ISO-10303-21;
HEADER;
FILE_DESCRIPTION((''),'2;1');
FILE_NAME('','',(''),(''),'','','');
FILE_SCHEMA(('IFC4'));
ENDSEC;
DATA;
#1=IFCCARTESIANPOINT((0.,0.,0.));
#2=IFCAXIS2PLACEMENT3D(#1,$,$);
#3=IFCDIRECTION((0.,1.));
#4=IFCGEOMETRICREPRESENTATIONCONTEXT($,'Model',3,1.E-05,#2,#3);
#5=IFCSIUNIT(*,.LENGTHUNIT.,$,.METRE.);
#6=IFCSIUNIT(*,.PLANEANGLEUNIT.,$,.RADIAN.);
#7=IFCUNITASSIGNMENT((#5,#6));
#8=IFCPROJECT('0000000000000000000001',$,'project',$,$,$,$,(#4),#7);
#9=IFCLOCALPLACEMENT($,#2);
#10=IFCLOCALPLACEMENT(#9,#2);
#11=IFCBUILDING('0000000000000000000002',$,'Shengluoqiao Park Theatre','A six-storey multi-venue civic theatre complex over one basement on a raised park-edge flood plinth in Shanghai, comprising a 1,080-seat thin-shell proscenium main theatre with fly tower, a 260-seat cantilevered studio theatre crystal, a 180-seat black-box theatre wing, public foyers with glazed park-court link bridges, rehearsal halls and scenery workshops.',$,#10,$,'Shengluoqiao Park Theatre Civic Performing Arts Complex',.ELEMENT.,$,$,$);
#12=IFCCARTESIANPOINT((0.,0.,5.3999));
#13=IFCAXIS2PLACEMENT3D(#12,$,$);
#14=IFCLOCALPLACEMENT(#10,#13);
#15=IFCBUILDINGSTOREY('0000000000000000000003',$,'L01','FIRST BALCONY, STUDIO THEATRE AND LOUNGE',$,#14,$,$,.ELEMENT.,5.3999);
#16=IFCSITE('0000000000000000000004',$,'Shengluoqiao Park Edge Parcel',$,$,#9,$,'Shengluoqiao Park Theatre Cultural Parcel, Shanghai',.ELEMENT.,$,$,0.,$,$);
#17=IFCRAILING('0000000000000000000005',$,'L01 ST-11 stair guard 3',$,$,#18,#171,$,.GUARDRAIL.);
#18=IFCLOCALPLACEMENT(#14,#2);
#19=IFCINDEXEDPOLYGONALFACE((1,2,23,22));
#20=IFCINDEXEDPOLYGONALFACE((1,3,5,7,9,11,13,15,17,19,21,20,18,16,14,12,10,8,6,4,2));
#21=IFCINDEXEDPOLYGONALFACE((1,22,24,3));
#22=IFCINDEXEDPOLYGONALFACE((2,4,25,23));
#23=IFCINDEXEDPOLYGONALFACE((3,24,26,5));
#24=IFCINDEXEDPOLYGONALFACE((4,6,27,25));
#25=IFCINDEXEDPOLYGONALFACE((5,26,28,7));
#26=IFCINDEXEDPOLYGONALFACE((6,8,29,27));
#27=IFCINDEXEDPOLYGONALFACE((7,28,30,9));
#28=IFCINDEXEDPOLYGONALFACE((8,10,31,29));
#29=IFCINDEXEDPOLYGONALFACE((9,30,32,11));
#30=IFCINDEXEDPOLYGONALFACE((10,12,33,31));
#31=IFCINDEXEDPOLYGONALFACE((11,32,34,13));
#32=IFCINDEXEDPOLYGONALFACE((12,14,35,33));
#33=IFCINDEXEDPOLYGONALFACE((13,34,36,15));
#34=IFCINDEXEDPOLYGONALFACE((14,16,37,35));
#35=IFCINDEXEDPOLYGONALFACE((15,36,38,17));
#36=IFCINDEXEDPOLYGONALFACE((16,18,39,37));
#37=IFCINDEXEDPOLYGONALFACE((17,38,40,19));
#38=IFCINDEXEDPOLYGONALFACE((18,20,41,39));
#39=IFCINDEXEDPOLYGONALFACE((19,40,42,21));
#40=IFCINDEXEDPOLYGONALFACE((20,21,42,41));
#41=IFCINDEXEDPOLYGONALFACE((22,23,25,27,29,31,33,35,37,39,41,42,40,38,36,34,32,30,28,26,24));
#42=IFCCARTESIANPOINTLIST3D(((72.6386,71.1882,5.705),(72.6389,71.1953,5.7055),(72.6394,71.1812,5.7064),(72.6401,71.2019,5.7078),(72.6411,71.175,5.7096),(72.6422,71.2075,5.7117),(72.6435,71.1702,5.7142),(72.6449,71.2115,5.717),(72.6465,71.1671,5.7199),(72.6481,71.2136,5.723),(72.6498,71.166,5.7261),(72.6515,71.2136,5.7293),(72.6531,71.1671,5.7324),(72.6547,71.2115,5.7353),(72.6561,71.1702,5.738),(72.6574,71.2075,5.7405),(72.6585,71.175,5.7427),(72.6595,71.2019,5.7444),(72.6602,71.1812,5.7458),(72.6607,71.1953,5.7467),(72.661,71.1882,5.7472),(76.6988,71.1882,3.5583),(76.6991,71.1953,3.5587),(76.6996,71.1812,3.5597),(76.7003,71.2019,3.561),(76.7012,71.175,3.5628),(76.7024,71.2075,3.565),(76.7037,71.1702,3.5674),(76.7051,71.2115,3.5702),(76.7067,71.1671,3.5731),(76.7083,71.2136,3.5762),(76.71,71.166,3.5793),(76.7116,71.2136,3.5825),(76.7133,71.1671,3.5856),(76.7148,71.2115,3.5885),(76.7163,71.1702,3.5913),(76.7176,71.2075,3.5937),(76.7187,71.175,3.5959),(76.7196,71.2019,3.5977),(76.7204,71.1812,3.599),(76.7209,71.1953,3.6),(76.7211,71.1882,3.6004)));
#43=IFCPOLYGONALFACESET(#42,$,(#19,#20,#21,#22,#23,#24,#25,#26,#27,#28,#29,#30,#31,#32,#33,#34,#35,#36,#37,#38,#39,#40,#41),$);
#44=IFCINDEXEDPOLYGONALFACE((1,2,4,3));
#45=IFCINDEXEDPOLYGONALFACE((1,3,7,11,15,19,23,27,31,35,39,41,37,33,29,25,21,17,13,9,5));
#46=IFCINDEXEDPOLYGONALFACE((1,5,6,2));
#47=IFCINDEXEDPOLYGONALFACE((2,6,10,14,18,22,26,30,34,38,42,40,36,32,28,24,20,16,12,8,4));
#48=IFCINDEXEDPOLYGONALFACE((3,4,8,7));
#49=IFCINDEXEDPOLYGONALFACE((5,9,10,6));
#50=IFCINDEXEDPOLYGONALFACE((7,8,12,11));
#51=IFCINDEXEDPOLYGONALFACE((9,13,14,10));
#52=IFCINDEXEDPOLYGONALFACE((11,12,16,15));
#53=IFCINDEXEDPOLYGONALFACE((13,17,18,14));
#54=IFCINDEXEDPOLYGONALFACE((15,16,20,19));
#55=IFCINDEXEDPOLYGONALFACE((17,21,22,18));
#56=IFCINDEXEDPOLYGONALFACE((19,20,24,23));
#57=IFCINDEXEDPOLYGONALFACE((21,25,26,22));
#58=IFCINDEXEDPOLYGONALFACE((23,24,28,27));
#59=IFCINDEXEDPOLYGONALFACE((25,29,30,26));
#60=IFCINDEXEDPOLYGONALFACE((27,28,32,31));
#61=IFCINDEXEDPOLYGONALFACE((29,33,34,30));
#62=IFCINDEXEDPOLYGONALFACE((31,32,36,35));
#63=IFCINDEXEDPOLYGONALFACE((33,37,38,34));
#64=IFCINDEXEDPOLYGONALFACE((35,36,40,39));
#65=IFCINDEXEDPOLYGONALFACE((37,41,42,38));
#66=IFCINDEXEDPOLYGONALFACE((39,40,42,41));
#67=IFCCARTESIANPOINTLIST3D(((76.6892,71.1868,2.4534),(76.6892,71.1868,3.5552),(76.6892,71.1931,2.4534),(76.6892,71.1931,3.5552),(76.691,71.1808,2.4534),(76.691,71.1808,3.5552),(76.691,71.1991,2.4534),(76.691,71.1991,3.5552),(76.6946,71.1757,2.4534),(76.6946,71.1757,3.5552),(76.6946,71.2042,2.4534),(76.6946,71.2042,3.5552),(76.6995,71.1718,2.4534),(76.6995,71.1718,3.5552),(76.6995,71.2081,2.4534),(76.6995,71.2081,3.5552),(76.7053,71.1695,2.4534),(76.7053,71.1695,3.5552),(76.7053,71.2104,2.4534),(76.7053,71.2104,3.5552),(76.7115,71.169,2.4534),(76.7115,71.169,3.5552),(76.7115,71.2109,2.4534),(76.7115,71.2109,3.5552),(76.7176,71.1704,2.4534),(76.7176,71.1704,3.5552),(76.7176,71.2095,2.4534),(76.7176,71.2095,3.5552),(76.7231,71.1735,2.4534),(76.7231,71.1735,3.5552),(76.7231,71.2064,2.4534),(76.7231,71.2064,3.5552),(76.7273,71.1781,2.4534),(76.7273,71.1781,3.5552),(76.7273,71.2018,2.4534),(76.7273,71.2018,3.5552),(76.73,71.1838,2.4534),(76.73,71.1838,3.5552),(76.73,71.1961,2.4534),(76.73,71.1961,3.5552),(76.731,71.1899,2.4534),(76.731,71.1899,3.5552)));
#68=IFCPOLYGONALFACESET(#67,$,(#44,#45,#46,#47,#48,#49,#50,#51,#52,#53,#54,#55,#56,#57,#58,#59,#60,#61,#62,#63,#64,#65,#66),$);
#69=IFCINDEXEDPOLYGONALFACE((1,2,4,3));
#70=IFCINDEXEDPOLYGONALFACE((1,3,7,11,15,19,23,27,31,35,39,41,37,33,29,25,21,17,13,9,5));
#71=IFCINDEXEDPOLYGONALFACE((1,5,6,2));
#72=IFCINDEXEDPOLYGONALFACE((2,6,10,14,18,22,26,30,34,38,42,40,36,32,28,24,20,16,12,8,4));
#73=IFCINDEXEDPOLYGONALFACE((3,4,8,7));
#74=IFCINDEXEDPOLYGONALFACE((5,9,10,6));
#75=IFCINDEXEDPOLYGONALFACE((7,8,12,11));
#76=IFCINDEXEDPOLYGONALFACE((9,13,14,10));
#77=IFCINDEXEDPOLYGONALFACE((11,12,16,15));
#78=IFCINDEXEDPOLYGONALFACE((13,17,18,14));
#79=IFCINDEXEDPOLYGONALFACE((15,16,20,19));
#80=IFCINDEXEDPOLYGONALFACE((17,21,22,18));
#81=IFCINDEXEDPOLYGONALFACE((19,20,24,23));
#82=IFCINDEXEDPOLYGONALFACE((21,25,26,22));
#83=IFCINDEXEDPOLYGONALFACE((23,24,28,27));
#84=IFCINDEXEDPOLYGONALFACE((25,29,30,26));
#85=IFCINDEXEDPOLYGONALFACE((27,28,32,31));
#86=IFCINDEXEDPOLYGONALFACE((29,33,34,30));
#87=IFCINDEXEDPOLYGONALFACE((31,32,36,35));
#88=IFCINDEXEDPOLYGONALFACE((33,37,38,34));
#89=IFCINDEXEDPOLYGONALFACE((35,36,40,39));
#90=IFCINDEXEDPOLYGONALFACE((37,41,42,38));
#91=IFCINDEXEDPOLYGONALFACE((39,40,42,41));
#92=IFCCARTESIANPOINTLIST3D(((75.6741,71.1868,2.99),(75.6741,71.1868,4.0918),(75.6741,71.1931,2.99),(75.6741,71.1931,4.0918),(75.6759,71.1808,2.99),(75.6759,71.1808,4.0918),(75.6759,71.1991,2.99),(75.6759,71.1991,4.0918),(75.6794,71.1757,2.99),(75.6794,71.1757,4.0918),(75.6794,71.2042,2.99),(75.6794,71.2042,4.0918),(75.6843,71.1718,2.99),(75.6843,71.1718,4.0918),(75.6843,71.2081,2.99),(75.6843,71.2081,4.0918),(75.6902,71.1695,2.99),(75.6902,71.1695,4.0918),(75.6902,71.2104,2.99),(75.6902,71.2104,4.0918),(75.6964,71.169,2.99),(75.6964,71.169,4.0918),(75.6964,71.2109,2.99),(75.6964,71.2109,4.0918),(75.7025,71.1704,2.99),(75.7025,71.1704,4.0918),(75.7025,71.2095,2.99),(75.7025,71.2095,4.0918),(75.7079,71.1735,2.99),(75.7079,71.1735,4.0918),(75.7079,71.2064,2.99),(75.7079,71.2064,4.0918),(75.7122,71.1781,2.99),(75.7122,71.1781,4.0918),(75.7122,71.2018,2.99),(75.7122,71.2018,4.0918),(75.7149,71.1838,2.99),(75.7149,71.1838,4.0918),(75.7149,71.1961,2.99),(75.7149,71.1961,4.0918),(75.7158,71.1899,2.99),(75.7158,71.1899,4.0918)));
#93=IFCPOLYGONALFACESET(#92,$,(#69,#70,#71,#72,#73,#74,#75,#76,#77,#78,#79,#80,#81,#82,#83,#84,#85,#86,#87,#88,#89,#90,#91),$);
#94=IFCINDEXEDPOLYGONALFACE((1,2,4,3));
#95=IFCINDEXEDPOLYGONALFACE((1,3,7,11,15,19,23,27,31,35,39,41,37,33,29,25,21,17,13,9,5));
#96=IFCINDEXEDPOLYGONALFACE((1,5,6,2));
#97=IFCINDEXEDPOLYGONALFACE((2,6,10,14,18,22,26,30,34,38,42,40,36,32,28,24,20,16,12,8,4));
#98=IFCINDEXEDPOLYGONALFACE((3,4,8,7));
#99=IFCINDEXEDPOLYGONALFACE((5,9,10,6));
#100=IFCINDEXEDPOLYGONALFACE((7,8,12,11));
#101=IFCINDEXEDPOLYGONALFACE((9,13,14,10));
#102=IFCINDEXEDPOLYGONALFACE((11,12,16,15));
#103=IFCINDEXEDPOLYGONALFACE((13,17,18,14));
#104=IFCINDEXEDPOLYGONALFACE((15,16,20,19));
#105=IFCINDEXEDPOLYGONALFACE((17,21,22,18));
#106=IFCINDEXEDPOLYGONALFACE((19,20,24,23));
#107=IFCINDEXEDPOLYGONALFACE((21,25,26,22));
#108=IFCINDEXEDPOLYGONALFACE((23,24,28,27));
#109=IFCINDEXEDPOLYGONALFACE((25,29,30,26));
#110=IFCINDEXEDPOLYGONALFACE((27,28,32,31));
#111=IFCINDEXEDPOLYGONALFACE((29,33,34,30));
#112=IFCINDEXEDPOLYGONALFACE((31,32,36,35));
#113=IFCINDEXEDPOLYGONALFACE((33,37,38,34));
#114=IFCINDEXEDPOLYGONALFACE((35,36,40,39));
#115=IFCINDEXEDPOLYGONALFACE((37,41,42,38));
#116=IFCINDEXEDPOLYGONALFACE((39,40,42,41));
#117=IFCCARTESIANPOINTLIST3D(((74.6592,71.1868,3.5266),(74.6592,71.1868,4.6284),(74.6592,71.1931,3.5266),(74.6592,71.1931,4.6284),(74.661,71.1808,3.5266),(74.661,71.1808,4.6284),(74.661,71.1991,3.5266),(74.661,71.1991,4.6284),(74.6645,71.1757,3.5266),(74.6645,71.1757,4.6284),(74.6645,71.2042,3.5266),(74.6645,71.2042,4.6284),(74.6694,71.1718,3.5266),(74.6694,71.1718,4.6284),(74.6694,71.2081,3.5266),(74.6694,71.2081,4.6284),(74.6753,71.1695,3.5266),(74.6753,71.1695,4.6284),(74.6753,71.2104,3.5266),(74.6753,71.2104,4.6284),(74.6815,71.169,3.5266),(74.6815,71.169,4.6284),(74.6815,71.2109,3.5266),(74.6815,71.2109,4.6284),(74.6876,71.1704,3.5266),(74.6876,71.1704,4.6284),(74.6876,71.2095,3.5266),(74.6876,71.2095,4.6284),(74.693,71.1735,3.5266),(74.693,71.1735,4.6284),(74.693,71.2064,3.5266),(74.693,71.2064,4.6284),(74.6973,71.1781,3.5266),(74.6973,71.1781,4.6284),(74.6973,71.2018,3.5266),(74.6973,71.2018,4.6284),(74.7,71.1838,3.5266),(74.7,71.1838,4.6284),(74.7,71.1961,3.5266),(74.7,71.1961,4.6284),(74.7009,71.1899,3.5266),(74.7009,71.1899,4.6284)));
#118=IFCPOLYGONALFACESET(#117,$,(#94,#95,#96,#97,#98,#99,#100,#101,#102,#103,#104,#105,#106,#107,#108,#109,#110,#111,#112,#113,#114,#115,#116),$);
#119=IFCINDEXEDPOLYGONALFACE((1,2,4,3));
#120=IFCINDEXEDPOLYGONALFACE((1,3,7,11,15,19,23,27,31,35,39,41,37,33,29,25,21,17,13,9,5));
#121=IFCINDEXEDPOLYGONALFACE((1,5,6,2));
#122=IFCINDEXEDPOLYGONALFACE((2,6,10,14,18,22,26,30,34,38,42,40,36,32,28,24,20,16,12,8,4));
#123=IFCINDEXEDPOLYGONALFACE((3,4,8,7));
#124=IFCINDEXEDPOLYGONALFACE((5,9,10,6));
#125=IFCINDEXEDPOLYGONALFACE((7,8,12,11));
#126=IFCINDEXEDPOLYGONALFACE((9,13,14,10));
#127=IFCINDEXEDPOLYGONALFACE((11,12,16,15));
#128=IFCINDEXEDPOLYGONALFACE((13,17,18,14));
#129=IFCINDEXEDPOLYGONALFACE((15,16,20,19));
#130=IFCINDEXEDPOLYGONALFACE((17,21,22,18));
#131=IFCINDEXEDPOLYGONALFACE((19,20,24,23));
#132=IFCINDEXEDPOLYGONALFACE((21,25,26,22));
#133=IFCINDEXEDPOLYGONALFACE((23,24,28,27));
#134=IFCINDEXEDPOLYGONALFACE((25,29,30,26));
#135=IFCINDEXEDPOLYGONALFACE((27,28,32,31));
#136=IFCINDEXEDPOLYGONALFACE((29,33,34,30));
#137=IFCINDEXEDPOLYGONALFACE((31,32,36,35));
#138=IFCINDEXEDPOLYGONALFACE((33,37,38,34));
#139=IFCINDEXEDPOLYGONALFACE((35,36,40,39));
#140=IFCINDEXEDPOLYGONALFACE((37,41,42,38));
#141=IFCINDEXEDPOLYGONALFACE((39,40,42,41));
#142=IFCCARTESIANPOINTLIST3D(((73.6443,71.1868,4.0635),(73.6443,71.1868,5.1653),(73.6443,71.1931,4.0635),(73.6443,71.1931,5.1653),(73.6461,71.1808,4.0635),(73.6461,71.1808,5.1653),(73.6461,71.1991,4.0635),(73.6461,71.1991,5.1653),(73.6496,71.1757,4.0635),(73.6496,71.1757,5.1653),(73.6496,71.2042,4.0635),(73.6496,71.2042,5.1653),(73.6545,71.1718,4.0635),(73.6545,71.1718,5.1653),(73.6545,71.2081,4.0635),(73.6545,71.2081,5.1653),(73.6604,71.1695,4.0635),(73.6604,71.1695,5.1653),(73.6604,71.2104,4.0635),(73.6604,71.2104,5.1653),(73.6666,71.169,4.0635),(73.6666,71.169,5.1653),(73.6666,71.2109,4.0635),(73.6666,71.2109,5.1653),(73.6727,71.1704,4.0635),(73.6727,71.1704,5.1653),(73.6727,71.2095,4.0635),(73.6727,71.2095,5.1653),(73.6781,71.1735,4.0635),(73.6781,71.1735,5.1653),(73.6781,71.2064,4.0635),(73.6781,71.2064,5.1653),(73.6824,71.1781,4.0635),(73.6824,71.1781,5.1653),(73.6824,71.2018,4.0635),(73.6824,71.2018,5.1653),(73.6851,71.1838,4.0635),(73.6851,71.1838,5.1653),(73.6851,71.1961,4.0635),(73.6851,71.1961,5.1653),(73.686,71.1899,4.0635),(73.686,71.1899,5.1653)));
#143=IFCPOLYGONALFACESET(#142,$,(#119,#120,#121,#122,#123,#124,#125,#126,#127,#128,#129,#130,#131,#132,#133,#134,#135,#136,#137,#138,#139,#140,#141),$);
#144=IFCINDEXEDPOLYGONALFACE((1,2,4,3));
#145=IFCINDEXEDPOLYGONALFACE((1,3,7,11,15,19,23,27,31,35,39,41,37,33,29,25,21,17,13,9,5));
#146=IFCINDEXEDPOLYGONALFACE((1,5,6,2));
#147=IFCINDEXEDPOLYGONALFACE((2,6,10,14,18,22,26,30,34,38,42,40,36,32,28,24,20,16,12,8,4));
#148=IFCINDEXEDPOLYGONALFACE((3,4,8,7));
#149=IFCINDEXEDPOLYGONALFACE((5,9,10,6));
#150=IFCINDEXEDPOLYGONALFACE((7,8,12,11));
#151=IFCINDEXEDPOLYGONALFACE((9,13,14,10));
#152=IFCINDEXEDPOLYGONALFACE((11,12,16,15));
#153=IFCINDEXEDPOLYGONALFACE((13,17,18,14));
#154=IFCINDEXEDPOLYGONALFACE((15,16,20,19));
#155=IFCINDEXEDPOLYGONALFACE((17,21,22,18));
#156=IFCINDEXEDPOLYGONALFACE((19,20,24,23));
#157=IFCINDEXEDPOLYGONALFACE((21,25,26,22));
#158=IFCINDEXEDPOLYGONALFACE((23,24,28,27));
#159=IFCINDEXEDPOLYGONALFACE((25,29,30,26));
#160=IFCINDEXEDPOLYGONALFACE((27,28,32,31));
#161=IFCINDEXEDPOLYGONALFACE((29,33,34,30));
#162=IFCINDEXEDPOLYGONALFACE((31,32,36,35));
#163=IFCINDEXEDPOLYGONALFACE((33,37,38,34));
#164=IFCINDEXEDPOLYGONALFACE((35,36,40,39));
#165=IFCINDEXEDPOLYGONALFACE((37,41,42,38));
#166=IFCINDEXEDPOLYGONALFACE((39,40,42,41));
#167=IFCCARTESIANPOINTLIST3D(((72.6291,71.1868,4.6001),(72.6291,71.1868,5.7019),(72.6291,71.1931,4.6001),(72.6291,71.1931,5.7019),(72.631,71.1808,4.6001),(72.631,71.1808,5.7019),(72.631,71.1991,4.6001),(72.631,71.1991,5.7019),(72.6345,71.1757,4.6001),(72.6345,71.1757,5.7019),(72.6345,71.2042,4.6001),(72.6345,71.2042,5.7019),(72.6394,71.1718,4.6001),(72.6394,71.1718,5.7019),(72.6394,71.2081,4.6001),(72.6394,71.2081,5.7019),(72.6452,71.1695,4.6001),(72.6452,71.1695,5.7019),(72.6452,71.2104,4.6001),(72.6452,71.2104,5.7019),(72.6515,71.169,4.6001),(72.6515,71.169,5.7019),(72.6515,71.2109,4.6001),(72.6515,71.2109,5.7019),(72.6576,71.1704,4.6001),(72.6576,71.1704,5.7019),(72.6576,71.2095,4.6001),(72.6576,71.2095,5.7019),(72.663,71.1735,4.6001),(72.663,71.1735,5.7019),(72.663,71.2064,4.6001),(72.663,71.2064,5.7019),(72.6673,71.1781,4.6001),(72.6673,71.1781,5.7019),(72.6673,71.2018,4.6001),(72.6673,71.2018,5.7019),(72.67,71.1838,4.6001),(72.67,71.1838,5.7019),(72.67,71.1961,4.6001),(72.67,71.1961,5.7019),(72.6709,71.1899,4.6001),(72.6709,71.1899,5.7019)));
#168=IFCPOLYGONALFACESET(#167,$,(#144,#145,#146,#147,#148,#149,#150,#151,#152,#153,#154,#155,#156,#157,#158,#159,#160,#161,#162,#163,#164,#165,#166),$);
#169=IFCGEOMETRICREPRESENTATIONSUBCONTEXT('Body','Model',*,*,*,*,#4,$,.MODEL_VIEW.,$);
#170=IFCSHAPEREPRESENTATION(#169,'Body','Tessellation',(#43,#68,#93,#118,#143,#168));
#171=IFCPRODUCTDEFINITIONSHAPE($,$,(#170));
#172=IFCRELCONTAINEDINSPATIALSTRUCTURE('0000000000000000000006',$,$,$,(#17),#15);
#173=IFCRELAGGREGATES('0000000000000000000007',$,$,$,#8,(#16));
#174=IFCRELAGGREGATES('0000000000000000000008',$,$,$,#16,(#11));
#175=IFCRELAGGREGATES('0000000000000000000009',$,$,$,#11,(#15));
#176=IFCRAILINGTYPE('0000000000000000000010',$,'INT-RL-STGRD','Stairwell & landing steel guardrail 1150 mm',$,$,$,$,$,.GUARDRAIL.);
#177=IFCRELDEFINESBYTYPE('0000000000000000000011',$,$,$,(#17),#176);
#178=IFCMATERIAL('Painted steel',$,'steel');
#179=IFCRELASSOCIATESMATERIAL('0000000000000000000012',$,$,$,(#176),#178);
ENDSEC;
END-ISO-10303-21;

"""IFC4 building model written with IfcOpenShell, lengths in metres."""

from ifc_helpers import new_model, si_unit, direction, frame, origin, origin_2d, place, context, subcontext, project, spatial, circle, extrude, material, type_object, element, save


model = new_model("IFC4")

# Units and contexts
model_context = context("Model", 3, precision=1e-05, world=origin(), true_north=direction((0.0, 1.0)))
body_context = subcontext(model_context, "Body", "Model", "MODEL_VIEW")
ifc_project = project(units=[si_unit("LENGTHUNIT", "METRE"), si_unit("PLANEANGLEUNIT", "RADIAN")], contexts=[model_context])

# Site, building, storey
site_placement = place(None, origin())
site = spatial("IfcSite", under=ifc_project, at=site_placement, Name="Shengluoqiao Park Edge Parcel", LongName="Shengluoqiao Park Theatre Cultural Parcel, Shanghai", CompositionType="ELEMENT", RefElevation=0.0)
building_placement = place(site_placement, origin())
building = spatial("IfcBuilding", under=site, at=building_placement, Name="Shengluoqiao Park Theatre", Description="A six-storey multi-venue civic theatre complex over one basement on a raised park-edge flood plinth in Shanghai, comprising a 1,080-seat thin-shell proscenium main theatre with fly tower, a 260-seat cantilevered studio theatre crystal, a 180-seat black-box theatre wing, public foyers with glazed park-court link bridges, rehearsal halls and scenery workshops.", LongName="Shengluoqiao Park Theatre Civic Performing Arts Complex", CompositionType="ELEMENT")
storey_placement = place(building_placement, frame((0.0, 0.0, 5.3999)))
storey = spatial("IfcBuildingStorey", under=building, at=storey_placement, Name="L01", Description="FIRST BALCONY, STUDIO THEATRE AND LOUNGE", CompositionType="ELEMENT", Elevation=5.3999)

# Railing
ifc_material_1 = material(Name="Painted steel", Category="steel")
railing_type_1 = type_object("IfcRailingType", Name="INT-RL-STGRD", Description="Stairwell & landing steel guardrail 1150 mm", PredefinedType="GUARDRAIL", material=ifc_material_1)
railing_1_placement = place(storey_placement, frame((76.71, 71.1899, 2.4534)))
element("IfcRailing", 1, at=railing_1_placement, inside=storey, type_object=railing_type_1, Name="L01 ST-11 stair guard 3", PredefinedType="GUARDRAIL", context=body_context, shape_type="SweptSolid", body=[
    extrude(circle(Radius=0.0239, at=origin_2d()), frame((0.0, 0.0, 1.126), z_axis=(-0.884032, 0.0, 0.467426), x_axis=(0.0, -1.0, 0.0)), (0.0, 0.0, 1.0), 4.5928),
    extrude(circle(Radius=0.021, at=origin_2d()), origin(), (0.0, 0.0, 1.0), 1.1018),
    extrude(circle(Radius=0.021, at=origin_2d()), frame((-1.0151, 0.0, 0.5366)), (0.0, 0.0, 1.0), 1.1018),
    extrude(circle(Radius=0.021, at=origin_2d()), frame((-2.03, 0.0, 1.0732)), (0.0, 0.0, 1.0), 1.1018),
    extrude(circle(Radius=0.021, at=origin_2d()), frame((-3.0449, 0.0, 1.6101)), (0.0, 0.0, 1.0), 1.1018),
    extrude(circle(Radius=0.021, at=origin_2d()), frame((-4.0601, 0.0, 2.1467)), (0.0, 0.0, 1.0), 1.1018),
])

save(model, "model.ifc")
